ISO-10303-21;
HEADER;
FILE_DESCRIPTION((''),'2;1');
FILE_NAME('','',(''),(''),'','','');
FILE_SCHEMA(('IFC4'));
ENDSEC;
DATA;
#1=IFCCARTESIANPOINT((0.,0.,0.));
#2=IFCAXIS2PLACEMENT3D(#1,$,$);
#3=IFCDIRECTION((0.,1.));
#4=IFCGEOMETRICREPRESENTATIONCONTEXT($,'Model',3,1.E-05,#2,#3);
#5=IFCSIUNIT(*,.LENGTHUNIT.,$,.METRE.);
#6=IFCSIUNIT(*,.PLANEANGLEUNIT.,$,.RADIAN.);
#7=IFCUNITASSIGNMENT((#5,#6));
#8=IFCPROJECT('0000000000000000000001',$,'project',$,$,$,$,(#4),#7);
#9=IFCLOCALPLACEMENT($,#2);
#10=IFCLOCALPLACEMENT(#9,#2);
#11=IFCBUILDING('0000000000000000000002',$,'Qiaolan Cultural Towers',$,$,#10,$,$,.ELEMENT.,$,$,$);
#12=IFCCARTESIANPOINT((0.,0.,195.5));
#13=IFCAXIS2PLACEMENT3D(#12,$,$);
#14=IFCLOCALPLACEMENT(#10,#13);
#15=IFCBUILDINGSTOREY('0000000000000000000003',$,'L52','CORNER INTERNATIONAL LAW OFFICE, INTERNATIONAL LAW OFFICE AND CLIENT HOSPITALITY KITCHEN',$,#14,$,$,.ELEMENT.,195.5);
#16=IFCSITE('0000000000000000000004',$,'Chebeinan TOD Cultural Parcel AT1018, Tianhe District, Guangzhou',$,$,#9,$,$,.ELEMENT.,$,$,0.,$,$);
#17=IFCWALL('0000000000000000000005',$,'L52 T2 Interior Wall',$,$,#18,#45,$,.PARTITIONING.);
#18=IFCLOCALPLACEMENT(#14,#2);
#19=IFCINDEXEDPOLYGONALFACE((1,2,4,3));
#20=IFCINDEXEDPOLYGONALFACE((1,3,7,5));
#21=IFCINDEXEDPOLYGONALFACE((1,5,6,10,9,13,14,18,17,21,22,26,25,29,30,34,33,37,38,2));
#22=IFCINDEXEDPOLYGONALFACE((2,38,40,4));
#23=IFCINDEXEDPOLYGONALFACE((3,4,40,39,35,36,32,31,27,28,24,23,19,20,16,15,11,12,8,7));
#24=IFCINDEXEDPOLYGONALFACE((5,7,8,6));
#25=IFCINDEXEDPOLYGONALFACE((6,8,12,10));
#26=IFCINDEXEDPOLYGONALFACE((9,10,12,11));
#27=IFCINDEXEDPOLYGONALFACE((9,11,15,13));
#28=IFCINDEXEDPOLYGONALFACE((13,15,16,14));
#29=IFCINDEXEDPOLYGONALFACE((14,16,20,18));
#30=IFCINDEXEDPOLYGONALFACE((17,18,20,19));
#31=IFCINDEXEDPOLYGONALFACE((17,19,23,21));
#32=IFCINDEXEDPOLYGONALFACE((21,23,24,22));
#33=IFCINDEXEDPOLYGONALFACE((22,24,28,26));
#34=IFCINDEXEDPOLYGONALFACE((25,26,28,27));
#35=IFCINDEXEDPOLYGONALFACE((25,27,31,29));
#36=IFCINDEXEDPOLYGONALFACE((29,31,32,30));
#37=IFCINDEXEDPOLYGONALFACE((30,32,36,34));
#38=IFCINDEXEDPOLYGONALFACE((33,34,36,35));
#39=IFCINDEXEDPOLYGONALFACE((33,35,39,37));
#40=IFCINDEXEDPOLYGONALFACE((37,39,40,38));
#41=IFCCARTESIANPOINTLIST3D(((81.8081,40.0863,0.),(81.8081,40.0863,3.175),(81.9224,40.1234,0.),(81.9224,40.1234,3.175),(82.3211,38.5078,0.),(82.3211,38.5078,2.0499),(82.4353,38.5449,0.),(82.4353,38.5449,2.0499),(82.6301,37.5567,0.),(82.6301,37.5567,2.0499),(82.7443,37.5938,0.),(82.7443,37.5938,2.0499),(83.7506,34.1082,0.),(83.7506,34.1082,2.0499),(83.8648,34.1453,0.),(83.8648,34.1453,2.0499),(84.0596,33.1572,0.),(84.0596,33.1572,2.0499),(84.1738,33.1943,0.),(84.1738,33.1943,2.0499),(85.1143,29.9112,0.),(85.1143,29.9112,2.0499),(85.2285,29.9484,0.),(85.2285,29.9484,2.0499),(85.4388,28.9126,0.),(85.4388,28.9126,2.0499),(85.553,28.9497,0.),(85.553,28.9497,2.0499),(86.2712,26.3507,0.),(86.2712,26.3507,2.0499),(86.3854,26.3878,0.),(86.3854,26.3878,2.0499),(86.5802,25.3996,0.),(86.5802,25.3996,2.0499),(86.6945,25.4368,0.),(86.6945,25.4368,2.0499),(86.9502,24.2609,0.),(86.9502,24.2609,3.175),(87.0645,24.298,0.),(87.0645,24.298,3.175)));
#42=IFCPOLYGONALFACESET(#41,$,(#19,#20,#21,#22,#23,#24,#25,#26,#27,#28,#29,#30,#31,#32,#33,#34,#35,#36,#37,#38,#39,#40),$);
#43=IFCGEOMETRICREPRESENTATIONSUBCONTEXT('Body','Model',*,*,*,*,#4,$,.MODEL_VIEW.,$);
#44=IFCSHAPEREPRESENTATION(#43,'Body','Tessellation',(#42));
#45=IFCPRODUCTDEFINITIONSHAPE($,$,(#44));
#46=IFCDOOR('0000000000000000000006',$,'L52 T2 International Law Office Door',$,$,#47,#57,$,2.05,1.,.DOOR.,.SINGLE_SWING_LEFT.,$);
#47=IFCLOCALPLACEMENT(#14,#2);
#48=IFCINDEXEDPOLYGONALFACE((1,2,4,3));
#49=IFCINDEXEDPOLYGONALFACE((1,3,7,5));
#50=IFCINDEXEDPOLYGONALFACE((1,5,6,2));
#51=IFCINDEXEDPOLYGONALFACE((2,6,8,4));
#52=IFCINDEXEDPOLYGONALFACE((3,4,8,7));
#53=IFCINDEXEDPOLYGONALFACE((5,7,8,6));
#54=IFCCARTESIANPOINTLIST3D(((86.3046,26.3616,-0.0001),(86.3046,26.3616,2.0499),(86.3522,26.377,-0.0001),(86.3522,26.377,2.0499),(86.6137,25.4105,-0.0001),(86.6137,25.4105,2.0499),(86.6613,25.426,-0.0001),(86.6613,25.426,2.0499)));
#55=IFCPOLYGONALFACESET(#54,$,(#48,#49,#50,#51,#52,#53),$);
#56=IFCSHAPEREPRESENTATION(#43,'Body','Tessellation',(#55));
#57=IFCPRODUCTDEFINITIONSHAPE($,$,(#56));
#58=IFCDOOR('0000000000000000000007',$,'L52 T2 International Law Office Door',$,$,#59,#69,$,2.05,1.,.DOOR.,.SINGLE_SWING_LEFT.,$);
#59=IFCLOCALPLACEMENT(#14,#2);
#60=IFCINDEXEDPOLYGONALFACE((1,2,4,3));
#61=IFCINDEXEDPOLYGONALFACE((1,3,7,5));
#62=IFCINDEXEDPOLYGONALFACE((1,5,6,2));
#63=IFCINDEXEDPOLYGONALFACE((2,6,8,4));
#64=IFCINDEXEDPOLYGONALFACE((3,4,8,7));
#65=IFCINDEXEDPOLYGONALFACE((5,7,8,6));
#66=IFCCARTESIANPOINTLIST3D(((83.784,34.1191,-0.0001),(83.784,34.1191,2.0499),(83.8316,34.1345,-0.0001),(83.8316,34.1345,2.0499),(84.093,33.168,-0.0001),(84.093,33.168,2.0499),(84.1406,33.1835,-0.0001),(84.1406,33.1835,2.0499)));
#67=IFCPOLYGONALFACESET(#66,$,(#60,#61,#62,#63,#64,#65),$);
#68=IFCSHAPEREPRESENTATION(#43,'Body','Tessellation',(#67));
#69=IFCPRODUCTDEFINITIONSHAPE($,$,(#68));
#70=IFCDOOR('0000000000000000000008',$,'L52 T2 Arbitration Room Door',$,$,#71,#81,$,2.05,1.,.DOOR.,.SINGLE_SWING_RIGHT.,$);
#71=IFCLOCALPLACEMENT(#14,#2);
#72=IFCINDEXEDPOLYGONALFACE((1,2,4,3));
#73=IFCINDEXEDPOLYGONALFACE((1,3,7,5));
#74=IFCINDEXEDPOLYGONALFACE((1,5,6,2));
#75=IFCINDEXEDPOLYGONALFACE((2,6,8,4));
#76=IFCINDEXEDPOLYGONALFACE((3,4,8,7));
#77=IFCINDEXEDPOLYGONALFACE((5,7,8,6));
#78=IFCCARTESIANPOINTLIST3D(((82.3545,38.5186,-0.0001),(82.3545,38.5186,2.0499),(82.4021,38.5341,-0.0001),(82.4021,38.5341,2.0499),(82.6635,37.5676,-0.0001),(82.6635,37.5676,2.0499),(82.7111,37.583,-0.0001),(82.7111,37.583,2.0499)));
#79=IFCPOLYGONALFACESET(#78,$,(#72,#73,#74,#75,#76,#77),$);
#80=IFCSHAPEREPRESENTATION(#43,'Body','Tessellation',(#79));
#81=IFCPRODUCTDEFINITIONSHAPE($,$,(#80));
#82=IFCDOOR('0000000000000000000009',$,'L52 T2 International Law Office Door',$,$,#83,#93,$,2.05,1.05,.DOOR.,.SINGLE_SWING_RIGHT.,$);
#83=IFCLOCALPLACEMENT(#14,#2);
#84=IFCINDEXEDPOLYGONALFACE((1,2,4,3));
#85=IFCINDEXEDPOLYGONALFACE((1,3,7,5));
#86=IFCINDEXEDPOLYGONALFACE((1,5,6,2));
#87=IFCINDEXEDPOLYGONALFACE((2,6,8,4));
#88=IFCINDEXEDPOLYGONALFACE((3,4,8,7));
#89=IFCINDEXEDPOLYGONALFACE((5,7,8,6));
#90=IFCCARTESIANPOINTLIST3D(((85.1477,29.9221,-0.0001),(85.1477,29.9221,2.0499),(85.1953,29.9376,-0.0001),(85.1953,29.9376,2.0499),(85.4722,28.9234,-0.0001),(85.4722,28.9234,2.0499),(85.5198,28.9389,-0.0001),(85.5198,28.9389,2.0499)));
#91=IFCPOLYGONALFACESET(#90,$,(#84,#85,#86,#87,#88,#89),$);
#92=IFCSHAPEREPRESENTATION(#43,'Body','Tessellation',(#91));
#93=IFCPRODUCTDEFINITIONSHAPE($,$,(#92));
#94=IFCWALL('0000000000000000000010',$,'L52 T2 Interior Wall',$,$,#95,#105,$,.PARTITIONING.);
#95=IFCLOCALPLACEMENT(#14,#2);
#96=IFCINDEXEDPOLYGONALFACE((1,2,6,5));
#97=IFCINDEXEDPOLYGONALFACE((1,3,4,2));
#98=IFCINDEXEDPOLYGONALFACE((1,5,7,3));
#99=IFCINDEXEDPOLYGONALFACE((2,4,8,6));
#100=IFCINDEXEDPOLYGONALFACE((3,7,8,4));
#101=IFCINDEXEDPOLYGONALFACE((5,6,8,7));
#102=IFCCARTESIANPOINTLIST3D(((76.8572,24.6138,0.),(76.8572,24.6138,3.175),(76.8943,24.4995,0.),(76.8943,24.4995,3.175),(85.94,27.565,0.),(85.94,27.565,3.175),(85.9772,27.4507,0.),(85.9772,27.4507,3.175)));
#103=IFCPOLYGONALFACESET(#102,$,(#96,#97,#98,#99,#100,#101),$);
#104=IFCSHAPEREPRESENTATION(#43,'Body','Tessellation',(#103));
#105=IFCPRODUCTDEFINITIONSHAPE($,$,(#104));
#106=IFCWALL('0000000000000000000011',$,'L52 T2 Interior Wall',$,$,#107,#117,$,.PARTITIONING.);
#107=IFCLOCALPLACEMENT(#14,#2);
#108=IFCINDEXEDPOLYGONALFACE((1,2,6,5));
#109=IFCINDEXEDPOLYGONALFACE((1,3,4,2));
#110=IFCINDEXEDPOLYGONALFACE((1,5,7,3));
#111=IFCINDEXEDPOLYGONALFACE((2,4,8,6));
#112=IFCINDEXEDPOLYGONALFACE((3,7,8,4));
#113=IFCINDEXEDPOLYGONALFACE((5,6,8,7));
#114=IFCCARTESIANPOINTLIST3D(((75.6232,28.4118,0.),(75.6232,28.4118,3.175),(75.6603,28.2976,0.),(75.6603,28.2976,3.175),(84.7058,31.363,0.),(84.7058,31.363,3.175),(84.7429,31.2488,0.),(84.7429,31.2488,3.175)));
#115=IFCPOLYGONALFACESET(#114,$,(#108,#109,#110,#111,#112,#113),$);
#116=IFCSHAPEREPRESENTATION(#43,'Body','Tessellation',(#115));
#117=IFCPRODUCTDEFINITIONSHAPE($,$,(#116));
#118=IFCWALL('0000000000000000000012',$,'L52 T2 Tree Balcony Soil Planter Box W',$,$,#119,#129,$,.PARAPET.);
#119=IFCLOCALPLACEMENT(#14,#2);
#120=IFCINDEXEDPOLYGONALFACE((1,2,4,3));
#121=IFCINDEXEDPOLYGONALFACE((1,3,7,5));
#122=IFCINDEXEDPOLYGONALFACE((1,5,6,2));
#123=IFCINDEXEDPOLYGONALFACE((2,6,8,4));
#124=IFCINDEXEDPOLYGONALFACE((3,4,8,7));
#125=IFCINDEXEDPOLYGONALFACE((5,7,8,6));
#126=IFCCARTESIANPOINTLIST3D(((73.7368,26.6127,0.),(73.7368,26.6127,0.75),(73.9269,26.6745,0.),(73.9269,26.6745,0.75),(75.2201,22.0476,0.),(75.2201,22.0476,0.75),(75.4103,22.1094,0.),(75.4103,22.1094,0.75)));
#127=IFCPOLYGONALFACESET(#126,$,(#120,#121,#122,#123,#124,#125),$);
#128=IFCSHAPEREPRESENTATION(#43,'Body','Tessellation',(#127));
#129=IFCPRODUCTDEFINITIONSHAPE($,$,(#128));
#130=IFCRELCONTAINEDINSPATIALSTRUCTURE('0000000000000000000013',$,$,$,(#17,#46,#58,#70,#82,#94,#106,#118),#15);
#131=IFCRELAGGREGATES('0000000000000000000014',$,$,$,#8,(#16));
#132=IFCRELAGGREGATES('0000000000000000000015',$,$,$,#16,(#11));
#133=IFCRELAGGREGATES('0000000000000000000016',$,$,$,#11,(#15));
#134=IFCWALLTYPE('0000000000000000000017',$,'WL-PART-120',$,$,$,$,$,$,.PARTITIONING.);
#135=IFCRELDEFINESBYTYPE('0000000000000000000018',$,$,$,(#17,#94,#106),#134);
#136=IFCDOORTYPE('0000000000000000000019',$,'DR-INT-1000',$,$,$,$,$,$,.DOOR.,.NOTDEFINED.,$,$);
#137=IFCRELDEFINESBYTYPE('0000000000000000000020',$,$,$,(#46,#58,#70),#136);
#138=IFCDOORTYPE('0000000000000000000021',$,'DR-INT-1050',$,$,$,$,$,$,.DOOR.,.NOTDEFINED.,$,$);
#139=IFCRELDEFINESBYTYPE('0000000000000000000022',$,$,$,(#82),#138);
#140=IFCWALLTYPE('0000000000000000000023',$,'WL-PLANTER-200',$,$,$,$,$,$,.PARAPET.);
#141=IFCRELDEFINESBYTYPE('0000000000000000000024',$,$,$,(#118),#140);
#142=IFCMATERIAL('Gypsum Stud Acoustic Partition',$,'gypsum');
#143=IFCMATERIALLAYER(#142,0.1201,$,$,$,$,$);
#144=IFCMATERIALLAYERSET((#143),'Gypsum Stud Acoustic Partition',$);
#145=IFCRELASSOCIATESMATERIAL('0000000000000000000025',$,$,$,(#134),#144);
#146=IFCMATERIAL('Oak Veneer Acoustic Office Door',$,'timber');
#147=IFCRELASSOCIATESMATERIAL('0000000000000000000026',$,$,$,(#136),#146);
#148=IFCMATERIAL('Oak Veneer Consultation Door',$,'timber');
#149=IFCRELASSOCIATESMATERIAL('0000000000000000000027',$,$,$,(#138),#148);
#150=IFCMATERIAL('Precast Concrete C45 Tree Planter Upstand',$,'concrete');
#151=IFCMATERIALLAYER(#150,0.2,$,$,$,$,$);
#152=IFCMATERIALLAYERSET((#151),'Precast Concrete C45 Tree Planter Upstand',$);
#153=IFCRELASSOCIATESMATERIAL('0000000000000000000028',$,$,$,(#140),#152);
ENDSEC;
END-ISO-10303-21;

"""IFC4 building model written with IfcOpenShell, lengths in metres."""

from ifc_helpers import new_model, si_unit, direction, frame, frame_2d, origin, place, context, subcontext, project, spatial, rectangle, extrude, material, layer, layer_set, type_object, element, fill, save


model = new_model("IFC4")

# Units and contexts
model_context = context("Model", 3, precision=1e-05, world=origin(), true_north=direction((0.0, 1.0)))
body_context = subcontext(model_context, "Body", "Model", "MODEL_VIEW")
ifc_project = project(units=[si_unit("LENGTHUNIT", "METRE"), si_unit("PLANEANGLEUNIT", "RADIAN")], contexts=[model_context])

# Site, building, storey
site_placement = place(None, origin())
site = spatial("IfcSite", under=ifc_project, at=site_placement, Name="Chebeinan TOD Cultural Parcel AT1018, Tianhe District, Guangzhou", CompositionType="ELEMENT", RefElevation=0.0)
building_placement = place(site_placement, origin())
building = spatial("IfcBuilding", under=site, at=building_placement, Name="Qiaolan Cultural Towers", CompositionType="ELEMENT")
storey_placement = place(building_placement, frame((0.0, 0.0, 195.5)))
storey = spatial("IfcBuildingStorey", under=building, at=storey_placement, Name="L52", Description="CORNER INTERNATIONAL LAW OFFICE, INTERNATIONAL LAW OFFICE AND CLIENT HOSPITALITY KITCHEN", CompositionType="ELEMENT", Elevation=195.5)

# Shared definitions
ifc_material_1 = material(Name="Gypsum Stud Acoustic Partition", Category="gypsum")
ifc_layer_1 = layer(ifc_material_1, 0.1201)
ifc_layer_set_1 = layer_set([ifc_layer_1], Name="Gypsum Stud Acoustic Partition")
wall_type_1 = type_object("IfcWallType", Name="WL-PART-120", PredefinedType="PARTITIONING", material=ifc_layer_set_1)

# Wall, openings, doors
wall_1_placement = place(storey_placement, frame((87.0073, 24.2795, 0.0), z_axis=(0.0, 0.0, 1.0), x_axis=(-0.309022, 0.951055, 0.0)))
wall_1 = element("IfcWall", 1, at=wall_1_placement, inside=storey, type_object=wall_type_1, Name="L52 T2 Interior Wall", PredefinedType="PARTITIONING", context=body_context, shape_type="SweptSolid", body=[
    extrude(rectangle(XDim=16.6399, YDim=0.1201, at=frame_2d((8.3198, 0.0))), origin(), (0.0, 0.0, 1.0), 3.175),
])
opening_1_placement = place(wall_1_placement, frame((1.1973, 0.0, 0.0)))
opening_1 = element("IfcOpeningElement", 2, at=opening_1_placement, cuts=wall_1, PredefinedType="OPENING", context=body_context, shape_type="SweptSolid", body=[
    extrude(rectangle(XDim=1.0, YDim=2.05, at=frame_2d((0.5, 1.0249))), frame((0.0, 0.0701, 0.0), z_axis=(0.0, -1.0, 0.0), x_axis=(1.0, 0.0, 0.0)), (0.0, 0.0, 1.0), 0.1401),
])
opening_2_placement = place(wall_1_placement, frame((4.8911, 0.0, 0.0)))
opening_2 = element("IfcOpeningElement", 3, at=opening_2_placement, cuts=wall_1, PredefinedType="OPENING", context=body_context, shape_type="SweptSolid", body=[
    extrude(rectangle(XDim=1.05, YDim=2.05, at=frame_2d((0.5249, 1.0249))), frame((0.0, 0.0701, 0.0), z_axis=(0.0, -1.0, 0.0), x_axis=(1.0, 0.0, 0.0)), (0.0, 0.0, 1.0), 0.1401),
])
opening_3_placement = place(wall_1_placement, frame((9.354, 0.0, 0.0)))
opening_3 = element("IfcOpeningElement", 4, at=opening_3_placement, cuts=wall_1, PredefinedType="OPENING", context=body_context, shape_type="SweptSolid", body=[
    extrude(rectangle(XDim=1.0, YDim=2.05, at=frame_2d((0.5, 1.0249))), frame((0.0, 0.0701, 0.0), z_axis=(0.0, -1.0, 0.0), x_axis=(1.0, 0.0, 0.0)), (0.0, 0.0, 1.0), 0.1401),
])
opening_4_placement = place(wall_1_placement, frame((13.98, 0.0, 0.0)))
opening_4 = element("IfcOpeningElement", 5, at=opening_4_placement, cuts=wall_1, PredefinedType="OPENING", context=body_context, shape_type="SweptSolid", body=[
    extrude(rectangle(XDim=1.0, YDim=2.05, at=frame_2d((0.5, 1.0249))), frame((0.0, 0.0701, 0.0), z_axis=(0.0, -1.0, 0.0), x_axis=(1.0, 0.0, 0.0)), (0.0, 0.0, 1.0), 0.1401),
])
ifc_material_2 = material(Name="Oak Veneer Acoustic Office Door", Category="timber")
door_type_1 = type_object("IfcDoorType", Name="DR-INT-1000", OperationType="NOTDEFINED", PredefinedType="DOOR", material=ifc_material_2)
door_1_placement = place(opening_1_placement, origin())
door_1 = element("IfcDoor", 6, at=door_1_placement, inside=storey, type_object=door_type_1, Name="L52 T2 International Law Office Door", OperationType="SINGLE_SWING_LEFT", OverallHeight=2.05, OverallWidth=1.0, PredefinedType="DOOR", context=body_context, shape_type="SweptSolid", body=[
    extrude(rectangle(XDim=1.0, YDim=2.05, at=frame_2d((0.5, 1.0249))), frame((0.0, 0.0249, 0.0), z_axis=(0.0, -1.0, 0.0), x_axis=(1.0, 0.0, 0.0)), (0.0, 0.0, 1.0), 0.05),
])
fill(opening_1, door_1)
door_2_placement = place(opening_3_placement, origin())
door_2 = element("IfcDoor", 7, at=door_2_placement, inside=storey, type_object=door_type_1, Name="L52 T2 International Law Office Door", OperationType="SINGLE_SWING_LEFT", OverallHeight=2.05, OverallWidth=1.0, PredefinedType="DOOR", context=body_context, shape_type="SweptSolid", body=[
    extrude(rectangle(XDim=1.0, YDim=2.05, at=frame_2d((0.5, 1.0249))), frame((0.0, 0.0249, 0.0), z_axis=(0.0, -1.0, 0.0), x_axis=(1.0, 0.0, 0.0)), (0.0, 0.0, 1.0), 0.05),
])
fill(opening_3, door_2)
door_3_placement = place(opening_4_placement, origin())
door_3 = element("IfcDoor", 8, at=door_3_placement, inside=storey, type_object=door_type_1, Name="L52 T2 Arbitration Room Door", OperationType="SINGLE_SWING_RIGHT", OverallHeight=2.05, OverallWidth=1.0, PredefinedType="DOOR", context=body_context, shape_type="SweptSolid", body=[
    extrude(rectangle(XDim=1.0, YDim=2.05, at=frame_2d((0.5, 1.0249))), frame((0.0, 0.0249, 0.0), z_axis=(0.0, -1.0, 0.0), x_axis=(1.0, 0.0, 0.0)), (0.0, 0.0, 1.0), 0.05),
])
fill(opening_4, door_3)
ifc_material_3 = material(Name="Oak Veneer Consultation Door", Category="timber")
door_type_2 = type_object("IfcDoorType", Name="DR-INT-1050", OperationType="NOTDEFINED", PredefinedType="DOOR", material=ifc_material_3)
door_4_placement = place(opening_2_placement, origin())
door_4 = element("IfcDoor", 9, at=door_4_placement, inside=storey, type_object=door_type_2, Name="L52 T2 International Law Office Door", OperationType="SINGLE_SWING_RIGHT", OverallHeight=2.05, OverallWidth=1.05, PredefinedType="DOOR", context=body_context, shape_type="SweptSolid", body=[
    extrude(rectangle(XDim=1.05, YDim=2.05, at=frame_2d((0.5249, 1.0249))), frame((0.0, 0.0249, 0.0), z_axis=(0.0, -1.0, 0.0), x_axis=(1.0, 0.0, 0.0)), (0.0, 0.0, 1.0), 0.05),
])
fill(opening_2, door_4)

# Walls
wall_2_placement = place(storey_placement, frame((76.8757, 24.5566, 0.0), z_axis=(0.0, 0.0, 1.0), x_axis=(0.951056, 0.309017, 0.0)))
element("IfcWall", 10, at=wall_2_placement, inside=storey, type_object=wall_type_1, Name="L52 T2 Interior Wall", PredefinedType="PARTITIONING", context=body_context, shape_type="SweptSolid", body=[
    extrude(rectangle(XDim=9.5503, YDim=0.1201, at=frame_2d((4.7751, 0.0))), origin(), (0.0, 0.0, 1.0), 3.175),
])
wall_3_placement = place(storey_placement, frame((75.6418, 28.3547, 0.0), z_axis=(0.0, 0.0, 1.0), x_axis=(0.951054, 0.309025, 0.0)))
element("IfcWall", 11, at=wall_3_placement, inside=storey, type_object=wall_type_1, Name="L52 T2 Interior Wall", PredefinedType="PARTITIONING", context=body_context, shape_type="SweptSolid", body=[
    extrude(rectangle(XDim=9.55, YDim=0.1201, at=frame_2d((4.7749, 0.0))), origin(), (0.0, 0.0, 1.0), 3.175),
])
ifc_material_4 = material(Name="Precast Concrete C45 Tree Planter Upstand", Category="concrete")
ifc_layer_2 = layer(ifc_material_4, 0.2)
ifc_layer_set_2 = layer_set([ifc_layer_2], Name="Precast Concrete C45 Tree Planter Upstand")
wall_type_2 = type_object("IfcWallType", Name="WL-PLANTER-200", PredefinedType="PARAPET", material=ifc_layer_set_2)
wall_4_placement = place(storey_placement, frame((75.3152, 22.0786, 0.0), z_axis=(0.0, 0.0, 1.0), x_axis=(-0.309032, 0.951052, 0.0)))
element("IfcWall", 12, at=wall_4_placement, inside=storey, type_object=wall_type_2, Name="L52 T2 Tree Balcony Soil Planter Box W", PredefinedType="PARAPET", context=body_context, shape_type="SweptSolid", body=[
    extrude(rectangle(XDim=4.8, YDim=0.2, at=frame_2d((2.3999, 0.0))), origin(), (0.0, 0.0, 1.0), 0.75),
])

save(model, "model.ifc")
